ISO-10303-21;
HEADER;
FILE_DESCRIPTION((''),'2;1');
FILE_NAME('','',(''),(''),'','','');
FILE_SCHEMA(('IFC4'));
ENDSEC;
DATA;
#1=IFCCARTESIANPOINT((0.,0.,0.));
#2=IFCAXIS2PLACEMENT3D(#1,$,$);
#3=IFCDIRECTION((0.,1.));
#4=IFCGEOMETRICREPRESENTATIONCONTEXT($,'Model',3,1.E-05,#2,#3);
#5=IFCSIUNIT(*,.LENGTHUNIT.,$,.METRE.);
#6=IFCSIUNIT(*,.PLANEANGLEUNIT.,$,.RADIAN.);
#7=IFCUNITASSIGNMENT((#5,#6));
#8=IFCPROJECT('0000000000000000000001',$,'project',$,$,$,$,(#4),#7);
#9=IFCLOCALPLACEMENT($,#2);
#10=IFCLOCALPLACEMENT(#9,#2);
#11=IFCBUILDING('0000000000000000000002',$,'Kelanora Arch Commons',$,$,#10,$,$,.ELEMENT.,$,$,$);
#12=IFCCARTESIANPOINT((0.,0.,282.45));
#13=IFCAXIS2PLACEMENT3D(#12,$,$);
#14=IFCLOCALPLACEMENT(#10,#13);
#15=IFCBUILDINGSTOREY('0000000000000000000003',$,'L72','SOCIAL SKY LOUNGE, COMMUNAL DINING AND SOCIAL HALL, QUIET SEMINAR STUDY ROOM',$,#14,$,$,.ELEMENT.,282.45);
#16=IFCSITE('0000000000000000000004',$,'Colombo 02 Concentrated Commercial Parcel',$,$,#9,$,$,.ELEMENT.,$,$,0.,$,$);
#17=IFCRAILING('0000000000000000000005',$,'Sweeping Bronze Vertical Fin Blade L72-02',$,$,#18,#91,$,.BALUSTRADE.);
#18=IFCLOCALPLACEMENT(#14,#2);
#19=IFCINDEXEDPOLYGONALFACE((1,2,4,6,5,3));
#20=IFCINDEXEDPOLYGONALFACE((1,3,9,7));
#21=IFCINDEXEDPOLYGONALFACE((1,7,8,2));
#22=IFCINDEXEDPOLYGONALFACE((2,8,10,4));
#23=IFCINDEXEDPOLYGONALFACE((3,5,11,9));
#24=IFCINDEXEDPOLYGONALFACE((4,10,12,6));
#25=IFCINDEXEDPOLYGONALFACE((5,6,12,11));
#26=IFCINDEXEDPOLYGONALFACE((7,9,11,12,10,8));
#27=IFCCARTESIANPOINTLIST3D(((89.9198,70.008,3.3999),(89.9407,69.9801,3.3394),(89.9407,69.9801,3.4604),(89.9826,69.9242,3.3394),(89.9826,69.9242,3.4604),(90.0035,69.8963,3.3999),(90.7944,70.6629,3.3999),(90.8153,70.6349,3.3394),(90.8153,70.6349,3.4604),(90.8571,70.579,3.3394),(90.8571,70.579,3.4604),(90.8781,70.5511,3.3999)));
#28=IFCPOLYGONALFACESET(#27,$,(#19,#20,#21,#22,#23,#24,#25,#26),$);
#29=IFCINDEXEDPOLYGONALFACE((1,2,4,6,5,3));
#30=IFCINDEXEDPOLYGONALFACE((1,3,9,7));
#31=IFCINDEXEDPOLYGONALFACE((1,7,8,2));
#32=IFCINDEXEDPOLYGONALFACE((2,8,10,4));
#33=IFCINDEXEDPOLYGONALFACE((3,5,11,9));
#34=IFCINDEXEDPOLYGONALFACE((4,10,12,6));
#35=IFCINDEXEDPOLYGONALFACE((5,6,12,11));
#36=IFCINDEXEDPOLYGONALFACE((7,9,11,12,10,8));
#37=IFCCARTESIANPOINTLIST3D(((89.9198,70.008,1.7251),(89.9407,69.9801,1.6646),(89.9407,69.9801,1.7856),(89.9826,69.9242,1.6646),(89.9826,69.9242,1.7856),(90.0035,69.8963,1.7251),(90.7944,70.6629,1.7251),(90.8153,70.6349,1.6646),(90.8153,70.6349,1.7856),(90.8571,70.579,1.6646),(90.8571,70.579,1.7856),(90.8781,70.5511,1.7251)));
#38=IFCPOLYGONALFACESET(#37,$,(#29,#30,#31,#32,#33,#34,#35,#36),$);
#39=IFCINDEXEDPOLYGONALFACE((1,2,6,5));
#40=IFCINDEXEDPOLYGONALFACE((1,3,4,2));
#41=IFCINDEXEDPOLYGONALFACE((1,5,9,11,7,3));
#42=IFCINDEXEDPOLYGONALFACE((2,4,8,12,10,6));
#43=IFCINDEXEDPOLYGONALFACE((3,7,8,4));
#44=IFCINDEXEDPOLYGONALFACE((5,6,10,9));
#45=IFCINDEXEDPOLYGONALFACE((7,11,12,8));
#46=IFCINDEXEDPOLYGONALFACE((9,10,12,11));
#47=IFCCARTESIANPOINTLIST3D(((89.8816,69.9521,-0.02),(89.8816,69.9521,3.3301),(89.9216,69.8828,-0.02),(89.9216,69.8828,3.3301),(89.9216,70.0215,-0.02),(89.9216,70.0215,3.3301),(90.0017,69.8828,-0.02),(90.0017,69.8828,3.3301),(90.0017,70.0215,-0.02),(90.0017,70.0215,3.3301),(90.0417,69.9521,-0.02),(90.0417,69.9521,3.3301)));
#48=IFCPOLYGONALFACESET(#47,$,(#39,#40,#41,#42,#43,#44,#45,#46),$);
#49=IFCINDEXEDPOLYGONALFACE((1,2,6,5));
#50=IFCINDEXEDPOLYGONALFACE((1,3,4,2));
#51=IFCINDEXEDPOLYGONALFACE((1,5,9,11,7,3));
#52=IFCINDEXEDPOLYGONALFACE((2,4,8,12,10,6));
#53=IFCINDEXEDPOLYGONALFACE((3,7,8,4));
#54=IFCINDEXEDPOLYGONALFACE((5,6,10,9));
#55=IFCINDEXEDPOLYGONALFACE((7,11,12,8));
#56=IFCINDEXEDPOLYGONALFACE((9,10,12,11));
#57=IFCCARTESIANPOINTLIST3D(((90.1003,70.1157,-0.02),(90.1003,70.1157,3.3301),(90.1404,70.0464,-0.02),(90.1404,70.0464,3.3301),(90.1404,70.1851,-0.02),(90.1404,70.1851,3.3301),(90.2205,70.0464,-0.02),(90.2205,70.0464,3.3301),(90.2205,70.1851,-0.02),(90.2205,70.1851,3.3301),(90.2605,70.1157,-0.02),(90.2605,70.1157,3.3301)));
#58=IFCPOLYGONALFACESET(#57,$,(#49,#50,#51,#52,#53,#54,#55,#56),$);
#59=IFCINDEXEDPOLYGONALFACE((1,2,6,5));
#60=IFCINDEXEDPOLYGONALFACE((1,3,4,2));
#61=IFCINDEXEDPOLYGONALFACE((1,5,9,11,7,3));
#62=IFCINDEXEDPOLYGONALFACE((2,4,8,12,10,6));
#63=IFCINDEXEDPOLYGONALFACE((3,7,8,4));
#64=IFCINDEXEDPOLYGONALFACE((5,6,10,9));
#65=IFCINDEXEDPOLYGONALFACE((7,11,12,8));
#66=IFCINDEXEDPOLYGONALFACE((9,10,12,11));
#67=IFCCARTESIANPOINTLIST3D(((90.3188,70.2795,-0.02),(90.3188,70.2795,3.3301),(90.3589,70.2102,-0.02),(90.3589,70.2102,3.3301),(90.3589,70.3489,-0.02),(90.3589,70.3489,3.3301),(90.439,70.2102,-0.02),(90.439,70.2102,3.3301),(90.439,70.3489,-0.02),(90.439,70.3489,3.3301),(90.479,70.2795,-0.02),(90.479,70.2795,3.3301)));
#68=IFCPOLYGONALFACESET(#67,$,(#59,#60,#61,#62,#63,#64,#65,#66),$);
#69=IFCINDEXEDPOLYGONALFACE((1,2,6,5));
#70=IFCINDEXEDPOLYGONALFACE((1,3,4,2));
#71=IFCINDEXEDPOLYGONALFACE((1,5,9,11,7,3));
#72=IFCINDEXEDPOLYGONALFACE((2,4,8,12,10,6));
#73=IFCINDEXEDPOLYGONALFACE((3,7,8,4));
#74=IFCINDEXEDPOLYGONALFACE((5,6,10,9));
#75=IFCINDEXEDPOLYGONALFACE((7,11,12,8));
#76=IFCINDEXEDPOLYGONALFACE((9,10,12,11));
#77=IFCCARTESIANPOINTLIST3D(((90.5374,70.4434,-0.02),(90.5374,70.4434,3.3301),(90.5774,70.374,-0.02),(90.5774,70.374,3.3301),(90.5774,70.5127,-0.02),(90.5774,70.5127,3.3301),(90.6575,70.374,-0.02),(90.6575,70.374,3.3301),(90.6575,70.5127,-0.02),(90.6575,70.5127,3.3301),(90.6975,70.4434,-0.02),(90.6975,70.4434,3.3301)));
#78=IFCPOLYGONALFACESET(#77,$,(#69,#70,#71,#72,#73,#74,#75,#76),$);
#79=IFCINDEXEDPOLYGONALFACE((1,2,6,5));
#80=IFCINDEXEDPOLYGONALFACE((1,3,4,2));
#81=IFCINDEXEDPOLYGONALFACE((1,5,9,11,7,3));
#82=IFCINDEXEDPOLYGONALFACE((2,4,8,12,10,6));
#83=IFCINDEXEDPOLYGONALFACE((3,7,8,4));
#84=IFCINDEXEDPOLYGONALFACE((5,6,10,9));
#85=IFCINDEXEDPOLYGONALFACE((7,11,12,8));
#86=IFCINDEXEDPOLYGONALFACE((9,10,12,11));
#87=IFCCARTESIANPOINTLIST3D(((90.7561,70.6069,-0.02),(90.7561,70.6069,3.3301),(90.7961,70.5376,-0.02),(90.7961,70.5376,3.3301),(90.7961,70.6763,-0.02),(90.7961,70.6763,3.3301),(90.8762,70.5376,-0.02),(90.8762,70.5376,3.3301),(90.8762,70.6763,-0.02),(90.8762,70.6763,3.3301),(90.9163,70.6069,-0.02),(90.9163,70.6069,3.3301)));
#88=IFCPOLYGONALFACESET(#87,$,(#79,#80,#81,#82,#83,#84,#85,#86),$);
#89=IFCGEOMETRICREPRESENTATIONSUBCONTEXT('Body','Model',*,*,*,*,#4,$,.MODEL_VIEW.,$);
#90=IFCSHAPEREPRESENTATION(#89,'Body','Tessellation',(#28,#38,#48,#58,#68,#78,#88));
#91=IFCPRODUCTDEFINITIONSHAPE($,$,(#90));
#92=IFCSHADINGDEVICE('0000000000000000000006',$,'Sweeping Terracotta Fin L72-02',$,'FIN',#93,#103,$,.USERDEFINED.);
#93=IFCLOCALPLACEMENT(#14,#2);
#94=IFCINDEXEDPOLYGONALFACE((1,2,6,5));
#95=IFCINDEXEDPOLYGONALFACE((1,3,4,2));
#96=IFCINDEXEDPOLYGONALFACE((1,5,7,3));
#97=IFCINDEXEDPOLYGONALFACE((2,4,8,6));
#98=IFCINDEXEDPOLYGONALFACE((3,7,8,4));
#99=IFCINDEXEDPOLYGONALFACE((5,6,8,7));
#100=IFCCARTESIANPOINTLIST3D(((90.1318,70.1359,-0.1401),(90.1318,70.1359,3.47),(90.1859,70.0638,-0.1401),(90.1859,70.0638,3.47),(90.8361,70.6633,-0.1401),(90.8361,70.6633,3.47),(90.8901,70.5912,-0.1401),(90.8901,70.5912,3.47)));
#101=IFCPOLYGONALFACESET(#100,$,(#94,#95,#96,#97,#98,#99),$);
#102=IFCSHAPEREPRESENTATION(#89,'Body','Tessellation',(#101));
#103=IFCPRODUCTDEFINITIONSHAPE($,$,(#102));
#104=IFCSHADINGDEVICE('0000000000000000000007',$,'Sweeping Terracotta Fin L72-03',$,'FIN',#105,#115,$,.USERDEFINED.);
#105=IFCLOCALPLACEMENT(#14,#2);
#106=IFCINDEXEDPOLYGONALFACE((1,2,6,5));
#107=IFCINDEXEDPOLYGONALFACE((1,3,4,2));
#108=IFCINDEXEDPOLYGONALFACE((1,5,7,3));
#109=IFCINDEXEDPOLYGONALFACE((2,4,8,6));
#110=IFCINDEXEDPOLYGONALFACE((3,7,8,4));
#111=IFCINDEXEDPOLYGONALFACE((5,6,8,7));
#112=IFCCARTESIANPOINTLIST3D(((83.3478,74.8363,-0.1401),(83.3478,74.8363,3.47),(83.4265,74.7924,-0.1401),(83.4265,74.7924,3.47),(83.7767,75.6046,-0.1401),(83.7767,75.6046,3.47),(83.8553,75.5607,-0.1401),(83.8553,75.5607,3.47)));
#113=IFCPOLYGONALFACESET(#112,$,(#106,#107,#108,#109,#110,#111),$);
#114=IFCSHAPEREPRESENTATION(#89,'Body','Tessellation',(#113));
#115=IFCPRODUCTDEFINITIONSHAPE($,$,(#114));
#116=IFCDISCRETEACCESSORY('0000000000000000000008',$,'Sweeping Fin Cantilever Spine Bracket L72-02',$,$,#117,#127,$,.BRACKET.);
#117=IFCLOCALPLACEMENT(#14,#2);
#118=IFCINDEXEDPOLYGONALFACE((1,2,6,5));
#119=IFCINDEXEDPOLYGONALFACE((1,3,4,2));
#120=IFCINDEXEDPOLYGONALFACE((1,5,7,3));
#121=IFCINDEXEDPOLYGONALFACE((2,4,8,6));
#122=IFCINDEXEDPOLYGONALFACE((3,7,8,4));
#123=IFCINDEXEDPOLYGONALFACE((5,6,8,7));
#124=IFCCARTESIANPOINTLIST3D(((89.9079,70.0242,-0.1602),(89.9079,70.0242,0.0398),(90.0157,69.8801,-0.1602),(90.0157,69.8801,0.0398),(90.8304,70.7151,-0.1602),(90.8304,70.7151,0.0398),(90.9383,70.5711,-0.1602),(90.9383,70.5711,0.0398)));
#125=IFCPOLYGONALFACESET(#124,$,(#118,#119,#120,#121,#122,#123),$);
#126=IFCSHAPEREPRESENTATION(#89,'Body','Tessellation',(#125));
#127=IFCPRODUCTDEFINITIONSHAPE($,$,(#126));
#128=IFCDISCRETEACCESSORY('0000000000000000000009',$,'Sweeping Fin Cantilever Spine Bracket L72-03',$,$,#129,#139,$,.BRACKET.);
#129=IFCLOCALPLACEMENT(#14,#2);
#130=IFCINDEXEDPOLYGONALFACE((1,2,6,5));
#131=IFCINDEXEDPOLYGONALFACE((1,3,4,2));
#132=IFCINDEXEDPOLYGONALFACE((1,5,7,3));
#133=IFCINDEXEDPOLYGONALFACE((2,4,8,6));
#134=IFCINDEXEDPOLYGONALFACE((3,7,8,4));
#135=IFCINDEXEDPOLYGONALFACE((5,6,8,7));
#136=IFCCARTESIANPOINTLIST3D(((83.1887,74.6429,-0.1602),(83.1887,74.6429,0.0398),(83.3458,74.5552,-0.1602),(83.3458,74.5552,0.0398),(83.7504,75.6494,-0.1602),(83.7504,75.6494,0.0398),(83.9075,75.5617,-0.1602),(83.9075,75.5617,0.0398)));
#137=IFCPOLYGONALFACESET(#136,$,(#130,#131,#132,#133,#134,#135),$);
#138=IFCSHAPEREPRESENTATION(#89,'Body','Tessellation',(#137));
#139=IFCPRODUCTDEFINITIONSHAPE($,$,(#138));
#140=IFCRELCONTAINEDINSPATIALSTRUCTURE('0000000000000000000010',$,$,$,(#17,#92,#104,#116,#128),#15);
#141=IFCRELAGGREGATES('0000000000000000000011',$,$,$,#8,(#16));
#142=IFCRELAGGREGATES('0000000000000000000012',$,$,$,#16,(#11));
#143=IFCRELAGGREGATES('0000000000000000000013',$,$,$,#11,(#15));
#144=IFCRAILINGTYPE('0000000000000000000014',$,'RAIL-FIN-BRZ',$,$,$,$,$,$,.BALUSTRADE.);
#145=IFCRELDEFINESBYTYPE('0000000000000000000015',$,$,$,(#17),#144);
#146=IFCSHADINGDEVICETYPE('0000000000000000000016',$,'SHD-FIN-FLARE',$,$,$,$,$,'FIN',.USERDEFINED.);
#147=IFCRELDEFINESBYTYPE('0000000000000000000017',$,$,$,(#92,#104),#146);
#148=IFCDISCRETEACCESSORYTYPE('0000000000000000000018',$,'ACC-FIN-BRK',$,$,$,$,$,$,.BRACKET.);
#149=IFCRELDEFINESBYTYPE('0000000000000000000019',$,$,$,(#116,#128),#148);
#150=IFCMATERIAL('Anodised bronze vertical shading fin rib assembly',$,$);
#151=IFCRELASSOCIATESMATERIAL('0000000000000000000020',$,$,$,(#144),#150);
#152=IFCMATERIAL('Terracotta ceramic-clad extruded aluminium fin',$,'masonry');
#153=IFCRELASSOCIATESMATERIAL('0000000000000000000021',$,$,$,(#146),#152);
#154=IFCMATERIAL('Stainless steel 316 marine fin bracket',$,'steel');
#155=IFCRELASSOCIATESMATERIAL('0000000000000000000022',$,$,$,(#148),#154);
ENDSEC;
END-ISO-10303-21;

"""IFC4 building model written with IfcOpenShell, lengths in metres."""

from ifc_helpers import new_model, si_unit, direction, frame, origin, origin_2d, place, context, subcontext, project, spatial, polyline, rectangle, outline, extrude, source, transform, mapped, material, type_object, element, save


model = new_model("IFC4")

# Units and contexts
model_context = context("Model", 3, precision=1e-05, world=origin(), true_north=direction((0.0, 1.0)))
body_context = subcontext(model_context, "Body", "Model", "MODEL_VIEW")
ifc_project = project(units=[si_unit("LENGTHUNIT", "METRE"), si_unit("PLANEANGLEUNIT", "RADIAN")], contexts=[model_context])

# Site, building, storey
site_placement = place(None, origin())
site = spatial("IfcSite", under=ifc_project, at=site_placement, Name="Colombo 02 Concentrated Commercial Parcel", CompositionType="ELEMENT", RefElevation=0.0)
building_placement = place(site_placement, origin())
building = spatial("IfcBuilding", under=site, at=building_placement, Name="Kelanora Arch Commons", CompositionType="ELEMENT")
storey_placement = place(building_placement, frame((0.0, 0.0, 282.45)))
storey = spatial("IfcBuildingStorey", under=building, at=storey_placement, Name="L72", Description="SOCIAL SKY LOUNGE, COMMUNAL DINING AND SOCIAL HALL, QUIET SEMINAR STUDY ROOM", CompositionType="ELEMENT", Elevation=282.45)

# Railing
ifc_material_1 = material(Name="Anodised bronze vertical shading fin rib assembly")
railing_type = type_object("IfcRailingType", Name="RAIL-FIN-BRZ", PredefinedType="BALUSTRADE", material=ifc_material_1)
railing_placement = place(storey_placement, frame((89.9617, 69.9521, -0.02)))
element("IfcRailing", 1, at=railing_placement, inside=storey, type_object=railing_type, Name="Sweeping Bronze Vertical Fin Blade L72-02", PredefinedType="BALUSTRADE", context=body_context, shape_type="SweptSolid", body=[
    extrude(outline(polyline([(0.0698, 0.0), (0.0349, 0.0605), (-0.0349, 0.0605), (-0.0698, 0.0), (-0.0349, -0.0605), (0.0349, -0.0605), (0.0698, 0.0)])), frame((0.0, 0.0, 3.4199), z_axis=(0.800482, 0.599356, 0.0), x_axis=(-0.599356, 0.800482, 0.0)), (0.0, 0.0, 1.0), 1.0925),
    extrude(outline(polyline([(0.0698, 0.0), (0.0349, 0.0605), (-0.0349, 0.0605), (-0.0698, 0.0), (-0.0349, -0.0605), (0.0349, -0.0605), (0.0698, 0.0)])), frame((0.0, 0.0, 1.7451), z_axis=(0.800482, 0.599356, 0.0), x_axis=(-0.599356, 0.800482, 0.0)), (0.0, 0.0, 1.0), 1.0925),
    extrude(outline(polyline([(0.0801, 0.0), (0.04, 0.0693), (-0.04, 0.0693), (-0.0801, 0.0), (-0.04, -0.0693), (0.04, -0.0693), (0.0801, 0.0)])), origin(), (0.0, 0.0, 1.0), 3.3501),
    extrude(outline(polyline([(0.0801, 0.0), (0.04, 0.0693), (-0.04, 0.0693), (-0.0801, 0.0), (-0.04, -0.0693), (0.04, -0.0693), (0.0801, 0.0)])), frame((0.2188, 0.1636, 0.0)), (0.0, 0.0, 1.0), 3.3501),
    extrude(outline(polyline([(0.0801, 0.0), (0.04, 0.0693), (-0.04, 0.0693), (-0.0801, 0.0), (-0.04, -0.0693), (0.04, -0.0693), (0.0801, 0.0)])), frame((0.4373, 0.3274, 0.0)), (0.0, 0.0, 1.0), 3.3501),
    extrude(outline(polyline([(0.0801, 0.0), (0.04, 0.0693), (-0.04, 0.0693), (-0.0801, 0.0), (-0.04, -0.0693), (0.04, -0.0693), (0.0801, 0.0)])), frame((0.6558, 0.4912, 0.0)), (0.0, 0.0, 1.0), 3.3501),
    extrude(outline(polyline([(0.0801, 0.0), (0.04, 0.0693), (-0.04, 0.0693), (-0.0801, 0.0), (-0.04, -0.0693), (0.04, -0.0693), (0.0801, 0.0)])), frame((0.8745, 0.6548, 0.0)), (0.0, 0.0, 1.0), 3.3501),
])

# Shading devices
ifc_material_2 = material(Name="Terracotta ceramic-clad extruded aluminium fin", Category="masonry")
shading_device_type = type_object("IfcShadingDeviceType", Name="SHD-FIN-FLARE", ElementType="FIN", PredefinedType="USERDEFINED", material=ifc_material_2)
shared_shape_1 = source(origin(), body_context, "Body", "SweptSolid", [
    extrude(rectangle(XDim=0.8799, YDim=0.0901, at=origin_2d()), origin(), (0.0, 0.0, 1.0), 3.6101),
])
for number, where, z_axis, x_axis, name in (
    (2, (90.511, 70.3635, -0.1401), (0.0, 0.0, 1.0), (0.800418, 0.599443, 0.0), "Sweeping Terracotta Fin L72-02"),
    (3, (83.6016, 75.1985, -0.1401), (0.0, 0.0, 1.0), (0.487403, 0.873177, 0.0), "Sweeping Terracotta Fin L72-03"),
):
    element("IfcShadingDevice", number, at=place(storey_placement, frame(where, z_axis=z_axis, x_axis=x_axis)), inside=storey, type_object=shading_device_type, Name=name, ObjectType="FIN", PredefinedType="USERDEFINED", context=body_context, shape_type="MappedRepresentation", body=[
        mapped(shared_shape_1, transform((0.0, 0.0, 0.0), scale=1.0)),
    ])

# Discrete accessories
ifc_material_3 = material(Name="Stainless steel 316 marine fin bracket", Category="steel")
discrete_accessory_type = type_object("IfcDiscreteAccessoryType", Name="ACC-FIN-BRK", PredefinedType="BRACKET", material=ifc_material_3)
shared_shape_2 = source(origin(), body_context, "Body", "SweptSolid", [
    extrude(rectangle(XDim=1.1526, YDim=0.1799, at=origin_2d()), origin(), (0.0, 0.0, 1.0), 0.2),
])
for number, where, z_axis, x_axis, name in (
    (4, (90.4231, 70.2976, -0.1602), (0.0, 0.0, 1.0), (0.800418, 0.599443, 0.0), "Sweeping Fin Cantilever Spine Bracket L72-02"),
    (5, (83.5481, 75.1023, -0.1602), (0.0, 0.0, 1.0), (0.487403, 0.873177, 0.0), "Sweeping Fin Cantilever Spine Bracket L72-03"),
):
    element("IfcDiscreteAccessory", number, at=place(storey_placement, frame(where, z_axis=z_axis, x_axis=x_axis)), inside=storey, type_object=discrete_accessory_type, Name=name, PredefinedType="BRACKET", context=body_context, shape_type="MappedRepresentation", body=[
        mapped(shared_shape_2, transform((0.0, 0.0, 0.0), scale=1.0)),
    ])

save(model, "model.ifc")
